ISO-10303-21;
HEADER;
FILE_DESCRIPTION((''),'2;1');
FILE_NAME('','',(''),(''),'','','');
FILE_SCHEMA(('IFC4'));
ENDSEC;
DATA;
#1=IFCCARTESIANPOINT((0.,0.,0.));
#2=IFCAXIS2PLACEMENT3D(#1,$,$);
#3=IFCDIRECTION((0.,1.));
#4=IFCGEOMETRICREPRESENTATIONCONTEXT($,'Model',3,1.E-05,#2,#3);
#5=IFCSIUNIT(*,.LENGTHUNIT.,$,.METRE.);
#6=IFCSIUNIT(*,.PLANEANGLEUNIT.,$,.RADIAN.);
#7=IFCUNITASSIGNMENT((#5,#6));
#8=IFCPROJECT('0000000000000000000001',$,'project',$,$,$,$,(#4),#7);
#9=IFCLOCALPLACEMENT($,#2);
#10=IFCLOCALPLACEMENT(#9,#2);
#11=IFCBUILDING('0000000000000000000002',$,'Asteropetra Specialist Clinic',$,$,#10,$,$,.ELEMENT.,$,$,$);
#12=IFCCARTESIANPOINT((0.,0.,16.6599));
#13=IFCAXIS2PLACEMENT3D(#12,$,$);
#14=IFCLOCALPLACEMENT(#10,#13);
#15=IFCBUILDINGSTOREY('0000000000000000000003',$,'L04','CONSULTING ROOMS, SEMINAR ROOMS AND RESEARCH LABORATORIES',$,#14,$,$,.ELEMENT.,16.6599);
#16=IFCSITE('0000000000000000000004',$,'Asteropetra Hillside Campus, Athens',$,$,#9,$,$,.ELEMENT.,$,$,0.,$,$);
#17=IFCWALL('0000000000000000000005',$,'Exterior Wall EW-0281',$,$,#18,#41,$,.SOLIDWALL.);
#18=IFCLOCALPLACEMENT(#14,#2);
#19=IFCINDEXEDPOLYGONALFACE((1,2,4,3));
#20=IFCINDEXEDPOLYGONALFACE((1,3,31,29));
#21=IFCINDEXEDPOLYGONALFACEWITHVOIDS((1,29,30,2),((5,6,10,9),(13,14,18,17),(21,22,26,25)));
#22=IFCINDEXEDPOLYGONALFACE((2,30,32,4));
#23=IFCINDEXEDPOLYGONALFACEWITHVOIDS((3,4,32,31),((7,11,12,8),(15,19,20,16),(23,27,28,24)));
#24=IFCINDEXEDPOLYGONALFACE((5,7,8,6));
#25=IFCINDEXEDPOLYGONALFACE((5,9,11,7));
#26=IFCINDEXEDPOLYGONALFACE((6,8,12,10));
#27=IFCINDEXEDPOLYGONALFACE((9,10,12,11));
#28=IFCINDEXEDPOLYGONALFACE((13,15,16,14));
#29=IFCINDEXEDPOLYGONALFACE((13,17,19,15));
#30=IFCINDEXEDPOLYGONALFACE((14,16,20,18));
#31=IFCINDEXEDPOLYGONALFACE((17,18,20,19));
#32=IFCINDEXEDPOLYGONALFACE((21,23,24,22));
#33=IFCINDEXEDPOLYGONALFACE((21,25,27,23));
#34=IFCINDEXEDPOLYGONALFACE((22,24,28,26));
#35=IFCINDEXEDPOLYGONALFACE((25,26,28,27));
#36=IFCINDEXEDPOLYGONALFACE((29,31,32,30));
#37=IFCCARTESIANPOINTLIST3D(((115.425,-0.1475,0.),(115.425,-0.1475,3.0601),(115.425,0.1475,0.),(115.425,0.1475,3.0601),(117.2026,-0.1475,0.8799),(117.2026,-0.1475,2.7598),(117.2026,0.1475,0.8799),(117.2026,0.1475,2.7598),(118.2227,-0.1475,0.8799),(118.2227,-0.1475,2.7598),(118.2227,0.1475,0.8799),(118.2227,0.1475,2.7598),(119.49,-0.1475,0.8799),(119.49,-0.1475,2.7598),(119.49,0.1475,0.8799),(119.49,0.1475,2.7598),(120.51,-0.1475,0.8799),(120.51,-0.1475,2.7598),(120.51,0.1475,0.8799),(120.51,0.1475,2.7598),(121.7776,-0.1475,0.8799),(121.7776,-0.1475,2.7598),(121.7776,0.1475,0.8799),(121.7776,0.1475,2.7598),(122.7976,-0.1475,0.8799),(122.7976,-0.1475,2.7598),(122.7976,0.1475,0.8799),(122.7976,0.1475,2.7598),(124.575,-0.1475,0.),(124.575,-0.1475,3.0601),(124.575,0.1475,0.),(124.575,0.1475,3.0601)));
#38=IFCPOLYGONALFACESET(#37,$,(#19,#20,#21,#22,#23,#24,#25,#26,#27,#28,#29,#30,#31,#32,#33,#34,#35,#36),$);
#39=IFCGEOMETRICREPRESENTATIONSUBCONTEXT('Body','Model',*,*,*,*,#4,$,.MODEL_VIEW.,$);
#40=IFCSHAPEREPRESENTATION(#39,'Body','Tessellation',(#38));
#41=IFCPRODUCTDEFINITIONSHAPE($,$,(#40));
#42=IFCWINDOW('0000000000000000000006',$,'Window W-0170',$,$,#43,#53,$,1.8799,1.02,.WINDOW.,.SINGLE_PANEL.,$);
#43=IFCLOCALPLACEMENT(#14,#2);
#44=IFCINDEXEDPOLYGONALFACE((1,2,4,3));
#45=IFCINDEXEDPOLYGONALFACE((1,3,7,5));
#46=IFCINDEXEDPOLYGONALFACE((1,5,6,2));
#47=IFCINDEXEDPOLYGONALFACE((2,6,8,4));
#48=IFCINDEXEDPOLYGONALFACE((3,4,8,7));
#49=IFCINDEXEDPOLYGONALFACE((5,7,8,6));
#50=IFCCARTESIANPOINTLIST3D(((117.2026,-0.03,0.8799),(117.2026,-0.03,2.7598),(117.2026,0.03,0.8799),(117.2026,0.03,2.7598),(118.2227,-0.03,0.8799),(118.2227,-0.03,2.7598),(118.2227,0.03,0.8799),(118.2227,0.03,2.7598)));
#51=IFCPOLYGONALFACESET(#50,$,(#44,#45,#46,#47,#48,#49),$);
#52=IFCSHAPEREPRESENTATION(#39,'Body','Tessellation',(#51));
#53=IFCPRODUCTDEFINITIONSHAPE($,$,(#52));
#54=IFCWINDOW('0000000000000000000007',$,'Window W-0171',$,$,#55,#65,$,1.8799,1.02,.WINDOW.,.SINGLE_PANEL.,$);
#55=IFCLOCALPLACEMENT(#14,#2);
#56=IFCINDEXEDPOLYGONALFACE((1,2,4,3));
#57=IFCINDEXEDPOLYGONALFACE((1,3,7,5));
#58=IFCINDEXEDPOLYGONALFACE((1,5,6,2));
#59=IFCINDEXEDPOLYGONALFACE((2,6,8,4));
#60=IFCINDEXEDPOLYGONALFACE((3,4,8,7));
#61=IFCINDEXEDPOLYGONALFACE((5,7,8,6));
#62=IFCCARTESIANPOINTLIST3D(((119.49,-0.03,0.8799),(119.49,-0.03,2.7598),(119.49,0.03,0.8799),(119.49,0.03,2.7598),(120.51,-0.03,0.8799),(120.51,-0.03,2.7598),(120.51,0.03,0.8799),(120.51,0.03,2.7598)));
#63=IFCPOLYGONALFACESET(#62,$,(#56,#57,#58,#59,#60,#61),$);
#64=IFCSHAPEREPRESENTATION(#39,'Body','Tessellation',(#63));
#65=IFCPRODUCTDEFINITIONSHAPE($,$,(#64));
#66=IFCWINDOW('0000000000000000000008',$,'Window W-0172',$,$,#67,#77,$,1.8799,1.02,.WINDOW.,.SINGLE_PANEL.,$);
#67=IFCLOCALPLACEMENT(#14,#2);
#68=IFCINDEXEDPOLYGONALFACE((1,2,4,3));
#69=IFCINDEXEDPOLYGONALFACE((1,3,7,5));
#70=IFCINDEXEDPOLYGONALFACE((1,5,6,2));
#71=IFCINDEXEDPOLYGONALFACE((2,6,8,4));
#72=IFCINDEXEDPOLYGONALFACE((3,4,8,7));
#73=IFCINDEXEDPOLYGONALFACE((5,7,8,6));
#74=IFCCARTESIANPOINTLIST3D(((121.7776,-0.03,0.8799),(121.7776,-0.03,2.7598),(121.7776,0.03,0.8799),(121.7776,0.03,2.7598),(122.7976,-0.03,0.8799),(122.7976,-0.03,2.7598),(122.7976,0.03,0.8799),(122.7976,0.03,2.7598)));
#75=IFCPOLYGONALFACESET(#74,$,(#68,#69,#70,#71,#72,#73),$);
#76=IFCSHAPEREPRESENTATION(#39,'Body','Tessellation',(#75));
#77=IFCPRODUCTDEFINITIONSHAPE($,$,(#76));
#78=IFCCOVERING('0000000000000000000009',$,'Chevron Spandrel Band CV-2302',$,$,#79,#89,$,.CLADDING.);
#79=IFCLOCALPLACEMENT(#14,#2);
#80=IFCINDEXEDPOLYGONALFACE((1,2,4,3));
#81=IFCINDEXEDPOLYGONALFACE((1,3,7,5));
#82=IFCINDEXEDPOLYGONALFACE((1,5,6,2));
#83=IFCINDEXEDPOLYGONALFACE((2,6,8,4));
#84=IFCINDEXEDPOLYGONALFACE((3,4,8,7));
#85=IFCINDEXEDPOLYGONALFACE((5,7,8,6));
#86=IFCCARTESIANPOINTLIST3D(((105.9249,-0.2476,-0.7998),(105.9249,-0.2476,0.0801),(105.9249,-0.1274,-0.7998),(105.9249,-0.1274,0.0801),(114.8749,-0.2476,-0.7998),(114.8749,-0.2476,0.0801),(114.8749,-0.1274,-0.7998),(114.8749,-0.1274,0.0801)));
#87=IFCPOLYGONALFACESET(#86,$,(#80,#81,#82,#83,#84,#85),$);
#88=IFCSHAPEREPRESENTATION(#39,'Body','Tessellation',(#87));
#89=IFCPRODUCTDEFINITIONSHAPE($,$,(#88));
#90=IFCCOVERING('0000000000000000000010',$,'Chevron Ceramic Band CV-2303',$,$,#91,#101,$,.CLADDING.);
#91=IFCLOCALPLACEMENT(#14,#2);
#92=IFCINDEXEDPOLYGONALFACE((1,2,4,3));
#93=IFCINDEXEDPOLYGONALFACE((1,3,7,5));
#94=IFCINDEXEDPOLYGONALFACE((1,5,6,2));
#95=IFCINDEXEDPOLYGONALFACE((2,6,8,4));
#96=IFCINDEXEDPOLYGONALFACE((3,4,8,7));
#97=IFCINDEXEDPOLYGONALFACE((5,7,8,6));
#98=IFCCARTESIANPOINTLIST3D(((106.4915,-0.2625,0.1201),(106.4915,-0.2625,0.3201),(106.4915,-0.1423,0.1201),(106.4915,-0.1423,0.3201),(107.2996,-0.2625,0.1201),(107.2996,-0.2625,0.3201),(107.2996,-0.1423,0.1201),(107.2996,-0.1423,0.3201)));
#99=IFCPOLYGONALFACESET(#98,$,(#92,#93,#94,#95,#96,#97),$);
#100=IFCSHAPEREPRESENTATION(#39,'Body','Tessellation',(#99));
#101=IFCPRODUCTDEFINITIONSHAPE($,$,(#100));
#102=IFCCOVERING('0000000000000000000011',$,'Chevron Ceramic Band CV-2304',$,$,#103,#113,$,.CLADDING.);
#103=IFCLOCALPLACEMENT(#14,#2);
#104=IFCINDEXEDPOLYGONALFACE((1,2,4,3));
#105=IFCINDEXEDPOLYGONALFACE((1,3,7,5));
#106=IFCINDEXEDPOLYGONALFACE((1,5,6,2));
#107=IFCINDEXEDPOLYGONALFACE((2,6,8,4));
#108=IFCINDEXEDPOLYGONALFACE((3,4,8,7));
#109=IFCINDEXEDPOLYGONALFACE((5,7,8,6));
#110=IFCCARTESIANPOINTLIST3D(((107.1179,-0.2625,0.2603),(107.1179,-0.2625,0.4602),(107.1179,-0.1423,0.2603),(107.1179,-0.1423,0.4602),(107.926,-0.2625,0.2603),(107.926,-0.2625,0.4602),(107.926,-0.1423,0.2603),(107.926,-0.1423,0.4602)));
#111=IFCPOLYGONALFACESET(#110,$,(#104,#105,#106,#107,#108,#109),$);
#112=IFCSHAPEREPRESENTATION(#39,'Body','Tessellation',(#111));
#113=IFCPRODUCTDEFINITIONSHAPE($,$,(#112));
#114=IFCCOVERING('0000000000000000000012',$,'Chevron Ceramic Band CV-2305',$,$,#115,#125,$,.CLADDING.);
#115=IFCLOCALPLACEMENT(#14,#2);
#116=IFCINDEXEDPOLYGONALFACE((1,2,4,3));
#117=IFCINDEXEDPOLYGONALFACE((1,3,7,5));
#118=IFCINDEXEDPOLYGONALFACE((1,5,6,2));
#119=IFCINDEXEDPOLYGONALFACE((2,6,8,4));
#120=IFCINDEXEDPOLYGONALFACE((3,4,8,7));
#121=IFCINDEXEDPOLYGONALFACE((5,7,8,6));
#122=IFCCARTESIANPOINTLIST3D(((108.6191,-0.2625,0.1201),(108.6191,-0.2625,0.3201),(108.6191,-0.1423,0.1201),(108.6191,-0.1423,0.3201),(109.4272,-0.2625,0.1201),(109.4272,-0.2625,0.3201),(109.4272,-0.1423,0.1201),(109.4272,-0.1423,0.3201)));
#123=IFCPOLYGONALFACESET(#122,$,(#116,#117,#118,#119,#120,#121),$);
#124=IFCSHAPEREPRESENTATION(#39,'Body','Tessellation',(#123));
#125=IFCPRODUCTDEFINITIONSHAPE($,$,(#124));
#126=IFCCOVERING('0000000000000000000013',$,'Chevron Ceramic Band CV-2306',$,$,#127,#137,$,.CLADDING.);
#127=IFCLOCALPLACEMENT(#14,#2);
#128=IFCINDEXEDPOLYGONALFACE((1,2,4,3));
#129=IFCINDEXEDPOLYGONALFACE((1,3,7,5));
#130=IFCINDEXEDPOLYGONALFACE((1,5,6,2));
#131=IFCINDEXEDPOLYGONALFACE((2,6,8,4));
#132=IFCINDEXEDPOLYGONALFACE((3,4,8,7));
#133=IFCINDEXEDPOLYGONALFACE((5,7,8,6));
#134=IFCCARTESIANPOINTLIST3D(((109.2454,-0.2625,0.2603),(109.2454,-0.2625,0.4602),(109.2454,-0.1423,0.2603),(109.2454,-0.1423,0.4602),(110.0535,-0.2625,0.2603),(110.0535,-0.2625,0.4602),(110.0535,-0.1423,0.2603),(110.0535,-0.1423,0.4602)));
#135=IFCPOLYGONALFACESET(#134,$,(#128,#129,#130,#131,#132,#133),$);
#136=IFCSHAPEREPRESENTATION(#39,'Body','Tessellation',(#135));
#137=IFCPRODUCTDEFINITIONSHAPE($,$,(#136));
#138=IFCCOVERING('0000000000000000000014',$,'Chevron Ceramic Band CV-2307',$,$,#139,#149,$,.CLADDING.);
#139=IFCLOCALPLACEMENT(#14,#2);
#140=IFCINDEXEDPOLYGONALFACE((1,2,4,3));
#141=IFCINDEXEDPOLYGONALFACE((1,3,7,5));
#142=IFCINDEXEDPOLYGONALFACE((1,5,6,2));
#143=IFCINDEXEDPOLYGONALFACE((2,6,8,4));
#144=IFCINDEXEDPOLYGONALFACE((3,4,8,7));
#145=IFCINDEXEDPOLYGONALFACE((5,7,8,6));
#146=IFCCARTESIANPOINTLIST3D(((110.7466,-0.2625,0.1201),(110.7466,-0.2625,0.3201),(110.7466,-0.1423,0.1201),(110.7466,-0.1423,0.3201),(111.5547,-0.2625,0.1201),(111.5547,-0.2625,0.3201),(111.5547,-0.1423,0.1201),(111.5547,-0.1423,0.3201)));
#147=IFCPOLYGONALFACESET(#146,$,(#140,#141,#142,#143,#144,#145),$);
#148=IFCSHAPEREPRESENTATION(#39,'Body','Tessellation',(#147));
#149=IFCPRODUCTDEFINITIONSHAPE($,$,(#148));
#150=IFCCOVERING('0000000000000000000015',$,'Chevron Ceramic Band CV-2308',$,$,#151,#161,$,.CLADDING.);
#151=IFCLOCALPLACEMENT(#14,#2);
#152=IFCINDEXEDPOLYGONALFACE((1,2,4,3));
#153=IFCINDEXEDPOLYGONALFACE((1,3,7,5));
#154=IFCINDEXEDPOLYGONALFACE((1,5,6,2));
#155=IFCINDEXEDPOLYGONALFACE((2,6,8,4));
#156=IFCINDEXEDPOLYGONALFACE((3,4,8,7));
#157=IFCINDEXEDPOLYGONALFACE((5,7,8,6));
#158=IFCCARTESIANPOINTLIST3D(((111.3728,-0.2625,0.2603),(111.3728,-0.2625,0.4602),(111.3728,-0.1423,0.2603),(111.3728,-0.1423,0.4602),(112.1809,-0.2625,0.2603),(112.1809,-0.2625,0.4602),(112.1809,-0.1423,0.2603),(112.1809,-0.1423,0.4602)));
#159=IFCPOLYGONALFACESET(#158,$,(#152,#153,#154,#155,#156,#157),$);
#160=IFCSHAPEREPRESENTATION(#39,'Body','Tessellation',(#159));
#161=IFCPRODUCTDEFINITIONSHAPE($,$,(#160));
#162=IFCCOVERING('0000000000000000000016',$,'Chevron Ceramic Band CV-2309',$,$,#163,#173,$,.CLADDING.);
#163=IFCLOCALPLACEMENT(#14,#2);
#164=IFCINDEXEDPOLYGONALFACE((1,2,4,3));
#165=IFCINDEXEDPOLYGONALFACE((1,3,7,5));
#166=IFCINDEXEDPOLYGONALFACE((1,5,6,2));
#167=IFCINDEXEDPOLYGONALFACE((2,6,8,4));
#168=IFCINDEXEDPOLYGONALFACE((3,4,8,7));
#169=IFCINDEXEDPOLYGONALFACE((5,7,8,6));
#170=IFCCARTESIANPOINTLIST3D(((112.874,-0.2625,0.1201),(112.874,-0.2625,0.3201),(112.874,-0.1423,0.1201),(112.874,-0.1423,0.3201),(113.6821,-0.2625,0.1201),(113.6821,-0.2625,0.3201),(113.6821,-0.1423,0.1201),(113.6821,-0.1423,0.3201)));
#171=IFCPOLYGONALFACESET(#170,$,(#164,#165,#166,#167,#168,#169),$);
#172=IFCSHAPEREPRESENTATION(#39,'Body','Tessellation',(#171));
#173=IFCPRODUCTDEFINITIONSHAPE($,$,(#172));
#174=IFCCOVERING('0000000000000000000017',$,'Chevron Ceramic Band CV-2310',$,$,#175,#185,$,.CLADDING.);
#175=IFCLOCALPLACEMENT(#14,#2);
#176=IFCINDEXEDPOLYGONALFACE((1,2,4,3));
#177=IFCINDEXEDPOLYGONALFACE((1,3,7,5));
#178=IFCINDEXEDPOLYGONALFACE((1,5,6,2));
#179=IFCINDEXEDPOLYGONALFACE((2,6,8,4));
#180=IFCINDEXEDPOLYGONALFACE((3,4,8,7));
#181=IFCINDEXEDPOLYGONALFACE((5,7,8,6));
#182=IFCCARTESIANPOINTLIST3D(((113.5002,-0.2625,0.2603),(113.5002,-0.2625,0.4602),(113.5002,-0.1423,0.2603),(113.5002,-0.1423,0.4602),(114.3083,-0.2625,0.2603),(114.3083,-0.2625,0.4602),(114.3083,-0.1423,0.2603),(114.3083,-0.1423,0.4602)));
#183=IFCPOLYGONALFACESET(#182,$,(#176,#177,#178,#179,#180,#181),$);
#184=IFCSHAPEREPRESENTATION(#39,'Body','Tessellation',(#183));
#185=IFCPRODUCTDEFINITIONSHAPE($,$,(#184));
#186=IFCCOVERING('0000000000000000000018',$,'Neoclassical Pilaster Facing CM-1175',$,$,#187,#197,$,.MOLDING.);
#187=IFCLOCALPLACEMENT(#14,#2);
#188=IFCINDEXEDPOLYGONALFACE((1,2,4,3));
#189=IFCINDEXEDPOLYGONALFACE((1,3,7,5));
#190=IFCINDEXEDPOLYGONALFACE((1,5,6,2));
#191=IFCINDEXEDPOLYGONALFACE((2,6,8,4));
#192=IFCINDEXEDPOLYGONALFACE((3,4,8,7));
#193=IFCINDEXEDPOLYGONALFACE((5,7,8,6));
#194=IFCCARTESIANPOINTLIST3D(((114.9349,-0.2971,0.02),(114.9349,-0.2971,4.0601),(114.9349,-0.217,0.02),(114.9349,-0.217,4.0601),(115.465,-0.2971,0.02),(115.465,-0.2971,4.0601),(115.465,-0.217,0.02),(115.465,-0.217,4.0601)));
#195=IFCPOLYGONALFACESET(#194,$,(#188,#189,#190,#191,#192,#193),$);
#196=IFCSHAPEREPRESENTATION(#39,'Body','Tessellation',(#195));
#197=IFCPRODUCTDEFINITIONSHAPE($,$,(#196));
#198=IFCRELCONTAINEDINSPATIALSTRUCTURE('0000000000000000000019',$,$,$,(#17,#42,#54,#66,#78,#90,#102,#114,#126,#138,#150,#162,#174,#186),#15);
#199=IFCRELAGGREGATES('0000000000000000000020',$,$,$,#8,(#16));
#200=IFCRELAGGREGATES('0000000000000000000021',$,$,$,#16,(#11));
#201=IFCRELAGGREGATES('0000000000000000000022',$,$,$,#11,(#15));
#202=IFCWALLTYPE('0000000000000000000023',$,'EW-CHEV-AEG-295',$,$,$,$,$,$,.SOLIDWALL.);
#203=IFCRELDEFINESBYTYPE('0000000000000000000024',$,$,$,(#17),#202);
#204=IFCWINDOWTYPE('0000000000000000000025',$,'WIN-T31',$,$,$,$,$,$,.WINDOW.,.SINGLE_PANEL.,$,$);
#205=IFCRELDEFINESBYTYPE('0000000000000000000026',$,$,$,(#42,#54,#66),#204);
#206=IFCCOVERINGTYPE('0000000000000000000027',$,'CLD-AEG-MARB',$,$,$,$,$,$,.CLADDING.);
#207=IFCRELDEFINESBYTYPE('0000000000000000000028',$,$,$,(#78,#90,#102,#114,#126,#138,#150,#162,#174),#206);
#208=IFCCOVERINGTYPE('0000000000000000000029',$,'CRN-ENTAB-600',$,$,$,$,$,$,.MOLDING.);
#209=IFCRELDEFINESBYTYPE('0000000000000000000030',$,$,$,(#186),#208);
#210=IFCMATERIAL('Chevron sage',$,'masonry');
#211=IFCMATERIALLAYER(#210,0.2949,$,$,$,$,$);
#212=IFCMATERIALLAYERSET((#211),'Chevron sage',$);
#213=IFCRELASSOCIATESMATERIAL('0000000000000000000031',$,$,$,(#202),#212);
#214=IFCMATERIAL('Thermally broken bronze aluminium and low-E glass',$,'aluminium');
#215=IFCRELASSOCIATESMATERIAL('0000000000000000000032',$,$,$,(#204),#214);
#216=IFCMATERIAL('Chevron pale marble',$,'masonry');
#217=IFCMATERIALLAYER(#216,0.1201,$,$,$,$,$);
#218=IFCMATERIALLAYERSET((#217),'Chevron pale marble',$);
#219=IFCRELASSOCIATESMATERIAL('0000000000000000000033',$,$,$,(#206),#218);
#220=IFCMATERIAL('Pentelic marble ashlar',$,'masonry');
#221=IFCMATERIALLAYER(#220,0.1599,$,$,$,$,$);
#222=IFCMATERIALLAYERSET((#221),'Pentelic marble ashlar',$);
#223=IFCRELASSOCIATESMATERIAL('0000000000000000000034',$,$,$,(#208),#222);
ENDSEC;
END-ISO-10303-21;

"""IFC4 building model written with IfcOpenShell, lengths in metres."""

from ifc_helpers import new_model, si_unit, direction, frame, frame_2d, origin, origin_2d, place, context, subcontext, project, spatial, rectangle, extrude, material, layer, layer_set, type_object, element, fill, save


model = new_model("IFC4")

# Units and contexts
model_context = context("Model", 3, precision=1e-05, world=origin(), true_north=direction((0.0, 1.0)))
body_context = subcontext(model_context, "Body", "Model", "MODEL_VIEW")
ifc_project = project(units=[si_unit("LENGTHUNIT", "METRE"), si_unit("PLANEANGLEUNIT", "RADIAN")], contexts=[model_context])

# Site, building, storey
site_placement = place(None, origin())
site = spatial("IfcSite", under=ifc_project, at=site_placement, Name="Asteropetra Hillside Campus, Athens", CompositionType="ELEMENT", RefElevation=0.0)
building_placement = place(site_placement, origin())
building = spatial("IfcBuilding", under=site, at=building_placement, Name="Asteropetra Specialist Clinic", CompositionType="ELEMENT")
storey_placement = place(building_placement, frame((0.0, 0.0, 16.6599)))
storey = spatial("IfcBuildingStorey", under=building, at=storey_placement, Name="L04", Description="CONSULTING ROOMS, SEMINAR ROOMS AND RESEARCH LABORATORIES", CompositionType="ELEMENT", Elevation=16.6599)

# Wall, openings, windows
ifc_material_1 = material(Name="Chevron sage", Category="masonry")
ifc_layer_1 = layer(ifc_material_1, 0.2949)
ifc_layer_set_1 = layer_set([ifc_layer_1], Name="Chevron sage")
wall_type = type_object("IfcWallType", Name="EW-CHEV-AEG-295", PredefinedType="SOLIDWALL", material=ifc_layer_set_1)
ifc_material_2 = material(Name="Thermally broken bronze aluminium and low-E glass", Category="aluminium")
window_type = type_object("IfcWindowType", Name="WIN-T31", PartitioningType="SINGLE_PANEL", PredefinedType="WINDOW", material=ifc_material_2)
wall_1_placement = place(storey_placement, frame((115.425, 0.0, 0.0), z_axis=(0.0, 0.0, 1.0), x_axis=(1.0, 0.0, 0.0)))
wall_1 = element("IfcWall", 1, at=wall_1_placement, inside=storey, type_object=wall_type, Name="Exterior Wall EW-0281", PredefinedType="SOLIDWALL", context=body_context, shape_type="SweptSolid", body=[
    extrude(rectangle(XDim=9.1499, YDim=0.2949, at=frame_2d((4.575, 0.0))), origin(), (0.0, 0.0, 1.0), 3.0601),
])
opening_1_placement = place(wall_1_placement, frame((1.7776, 0.0, 0.8799)))
opening_1 = element("IfcOpeningElement", 2, at=opening_1_placement, cuts=wall_1, PredefinedType="OPENING", context=body_context, shape_type="SweptSolid", body=[
    extrude(rectangle(XDim=1.02, YDim=1.8799, at=frame_2d((0.51, 0.9399))), frame((0.0, 0.1575, 0.0), z_axis=(0.0, -1.0, 0.0), x_axis=(1.0, 0.0, 0.0)), (0.0, 0.0, 1.0), 0.3149),
])
opening_2_placement = place(wall_1_placement, frame((4.0649, 0.0, 0.8799)))
opening_2 = element("IfcOpeningElement", 3, at=opening_2_placement, cuts=wall_1, PredefinedType="OPENING", context=body_context, shape_type="SweptSolid", body=[
    extrude(rectangle(XDim=1.02, YDim=1.8799, at=frame_2d((0.51, 0.9399))), frame((0.0, 0.1575, 0.0), z_axis=(0.0, -1.0, 0.0), x_axis=(1.0, 0.0, 0.0)), (0.0, 0.0, 1.0), 0.3149),
])
opening_3_placement = place(wall_1_placement, frame((6.3525, 0.0, 0.8799)))
opening_3 = element("IfcOpeningElement", 4, at=opening_3_placement, cuts=wall_1, PredefinedType="OPENING", context=body_context, shape_type="SweptSolid", body=[
    extrude(rectangle(XDim=1.02, YDim=1.8799, at=frame_2d((0.51, 0.9399))), frame((0.0, 0.1575, 0.0), z_axis=(0.0, -1.0, 0.0), x_axis=(1.0, 0.0, 0.0)), (0.0, 0.0, 1.0), 0.3149),
])
window_1_placement = place(opening_1_placement, origin())
window_1 = element("IfcWindow", 5, at=window_1_placement, inside=storey, type_object=window_type, Name="Window W-0170", OverallHeight=1.8799, OverallWidth=1.02, PartitioningType="SINGLE_PANEL", PredefinedType="WINDOW", context=body_context, shape_type="SweptSolid", body=[
    extrude(rectangle(XDim=1.02, YDim=1.8799, at=frame_2d((0.51, 0.9399))), frame((0.0, 0.03, 0.0), z_axis=(0.0, -1.0, 0.0), x_axis=(1.0, 0.0, 0.0)), (0.0, 0.0, 1.0), 0.0601),
])
fill(opening_1, window_1)
window_2_placement = place(opening_2_placement, origin())
window_2 = element("IfcWindow", 6, at=window_2_placement, inside=storey, type_object=window_type, Name="Window W-0171", OverallHeight=1.8799, OverallWidth=1.02, PartitioningType="SINGLE_PANEL", PredefinedType="WINDOW", context=body_context, shape_type="SweptSolid", body=[
    extrude(rectangle(XDim=1.02, YDim=1.8799, at=frame_2d((0.51, 0.9399))), frame((0.0, 0.03, 0.0), z_axis=(0.0, -1.0, 0.0), x_axis=(1.0, 0.0, 0.0)), (0.0, 0.0, 1.0), 0.0601),
])
fill(opening_2, window_2)
window_3_placement = place(opening_3_placement, origin())
window_3 = element("IfcWindow", 7, at=window_3_placement, inside=storey, type_object=window_type, Name="Window W-0172", OverallHeight=1.8799, OverallWidth=1.02, PartitioningType="SINGLE_PANEL", PredefinedType="WINDOW", context=body_context, shape_type="SweptSolid", body=[
    extrude(rectangle(XDim=1.02, YDim=1.8799, at=frame_2d((0.51, 0.9399))), frame((0.0, 0.03, 0.0), z_axis=(0.0, -1.0, 0.0), x_axis=(1.0, 0.0, 0.0)), (0.0, 0.0, 1.0), 0.0601),
])
fill(opening_3, window_3)

# Coverings
ifc_material_3 = material(Name="Chevron pale marble", Category="masonry")
ifc_layer_2 = layer(ifc_material_3, 0.1201)
ifc_layer_set_2 = layer_set([ifc_layer_2], Name="Chevron pale marble")
covering_type_1 = type_object("IfcCoveringType", Name="CLD-AEG-MARB", PredefinedType="CLADDING", material=ifc_layer_set_2)
covering_1_placement = place(storey_placement, frame((110.3999, -0.1875, -0.7998), z_axis=(0.0, 0.0, 1.0), x_axis=(1.0, 0.0, 0.0)))
element("IfcCovering", 8, at=covering_1_placement, inside=storey, type_object=covering_type_1, Name="Chevron Spandrel Band CV-2302", PredefinedType="CLADDING", context=body_context, shape_type="SweptSolid", body=[
    extrude(rectangle(XDim=8.95, YDim=0.1201, at=origin_2d()), origin(), (0.0, 0.0, 1.0), 0.8799),
])
for number, where, z_axis, x_axis, name in (
    (9, (106.8955, -0.2024, 0.1201), (0.0, 0.0, 1.0), (1.0, 0.0, 0.0), "Chevron Ceramic Band CV-2303"),
    (10, (107.522, -0.2024, 0.2603), (0.0, 0.0, 1.0), (1.0, 0.0, 0.0), "Chevron Ceramic Band CV-2304"),
    (11, (109.0232, -0.2024, 0.1201), (0.0, 0.0, 1.0), (1.0, 0.0, 0.0), "Chevron Ceramic Band CV-2305"),
    (12, (109.6494, -0.2024, 0.2603), (0.0, 0.0, 1.0), (1.0, 0.0, 0.0), "Chevron Ceramic Band CV-2306"),
    (13, (111.1506, -0.2024, 0.1201), (0.0, 0.0, 1.0), (1.0, 0.0, 0.0), "Chevron Ceramic Band CV-2307"),
    (14, (111.7769, -0.2024, 0.2603), (0.0, 0.0, 1.0), (1.0, 0.0, 0.0), "Chevron Ceramic Band CV-2308"),
    (15, (113.2781, -0.2024, 0.1201), (0.0, 0.0, 1.0), (1.0, 0.0, 0.0), "Chevron Ceramic Band CV-2309"),
    (16, (113.9043, -0.2024, 0.2603), (0.0, 0.0, 1.0), (1.0, 0.0, 0.0), "Chevron Ceramic Band CV-2310"),
):
    element("IfcCovering", number, at=place(storey_placement, frame(where, z_axis=z_axis, x_axis=x_axis)), inside=storey, type_object=covering_type_1, Name=name, PredefinedType="CLADDING", context=body_context, shape_type="SweptSolid", body=[
        extrude(rectangle(XDim=0.8081, YDim=0.1201, at=origin_2d()), origin(), (0.0, 0.0, 1.0), 0.2),
    ])
ifc_material_4 = material(Name="Pentelic marble ashlar", Category="masonry")
ifc_layer_3 = layer(ifc_material_4, 0.1599)
ifc_layer_set_3 = layer_set([ifc_layer_3], Name="Pentelic marble ashlar")
covering_type_2 = type_object("IfcCoveringType", Name="CRN-ENTAB-600", PredefinedType="MOLDING", material=ifc_layer_set_3)
covering_2_placement = place(storey_placement, frame((115.2, -0.2571, 0.02), z_axis=(0.0, 0.0, 1.0), x_axis=(1.0, 0.0, 0.0)))
element("IfcCovering", 17, at=covering_2_placement, inside=storey, type_object=covering_type_2, Name="Neoclassical Pilaster Facing CM-1175", PredefinedType="MOLDING", context=body_context, shape_type="SweptSolid", body=[
    extrude(rectangle(XDim=0.53, YDim=0.0801, at=origin_2d()), origin(), (0.0, 0.0, 1.0), 4.04),
])

save(model, "model.ifc")
